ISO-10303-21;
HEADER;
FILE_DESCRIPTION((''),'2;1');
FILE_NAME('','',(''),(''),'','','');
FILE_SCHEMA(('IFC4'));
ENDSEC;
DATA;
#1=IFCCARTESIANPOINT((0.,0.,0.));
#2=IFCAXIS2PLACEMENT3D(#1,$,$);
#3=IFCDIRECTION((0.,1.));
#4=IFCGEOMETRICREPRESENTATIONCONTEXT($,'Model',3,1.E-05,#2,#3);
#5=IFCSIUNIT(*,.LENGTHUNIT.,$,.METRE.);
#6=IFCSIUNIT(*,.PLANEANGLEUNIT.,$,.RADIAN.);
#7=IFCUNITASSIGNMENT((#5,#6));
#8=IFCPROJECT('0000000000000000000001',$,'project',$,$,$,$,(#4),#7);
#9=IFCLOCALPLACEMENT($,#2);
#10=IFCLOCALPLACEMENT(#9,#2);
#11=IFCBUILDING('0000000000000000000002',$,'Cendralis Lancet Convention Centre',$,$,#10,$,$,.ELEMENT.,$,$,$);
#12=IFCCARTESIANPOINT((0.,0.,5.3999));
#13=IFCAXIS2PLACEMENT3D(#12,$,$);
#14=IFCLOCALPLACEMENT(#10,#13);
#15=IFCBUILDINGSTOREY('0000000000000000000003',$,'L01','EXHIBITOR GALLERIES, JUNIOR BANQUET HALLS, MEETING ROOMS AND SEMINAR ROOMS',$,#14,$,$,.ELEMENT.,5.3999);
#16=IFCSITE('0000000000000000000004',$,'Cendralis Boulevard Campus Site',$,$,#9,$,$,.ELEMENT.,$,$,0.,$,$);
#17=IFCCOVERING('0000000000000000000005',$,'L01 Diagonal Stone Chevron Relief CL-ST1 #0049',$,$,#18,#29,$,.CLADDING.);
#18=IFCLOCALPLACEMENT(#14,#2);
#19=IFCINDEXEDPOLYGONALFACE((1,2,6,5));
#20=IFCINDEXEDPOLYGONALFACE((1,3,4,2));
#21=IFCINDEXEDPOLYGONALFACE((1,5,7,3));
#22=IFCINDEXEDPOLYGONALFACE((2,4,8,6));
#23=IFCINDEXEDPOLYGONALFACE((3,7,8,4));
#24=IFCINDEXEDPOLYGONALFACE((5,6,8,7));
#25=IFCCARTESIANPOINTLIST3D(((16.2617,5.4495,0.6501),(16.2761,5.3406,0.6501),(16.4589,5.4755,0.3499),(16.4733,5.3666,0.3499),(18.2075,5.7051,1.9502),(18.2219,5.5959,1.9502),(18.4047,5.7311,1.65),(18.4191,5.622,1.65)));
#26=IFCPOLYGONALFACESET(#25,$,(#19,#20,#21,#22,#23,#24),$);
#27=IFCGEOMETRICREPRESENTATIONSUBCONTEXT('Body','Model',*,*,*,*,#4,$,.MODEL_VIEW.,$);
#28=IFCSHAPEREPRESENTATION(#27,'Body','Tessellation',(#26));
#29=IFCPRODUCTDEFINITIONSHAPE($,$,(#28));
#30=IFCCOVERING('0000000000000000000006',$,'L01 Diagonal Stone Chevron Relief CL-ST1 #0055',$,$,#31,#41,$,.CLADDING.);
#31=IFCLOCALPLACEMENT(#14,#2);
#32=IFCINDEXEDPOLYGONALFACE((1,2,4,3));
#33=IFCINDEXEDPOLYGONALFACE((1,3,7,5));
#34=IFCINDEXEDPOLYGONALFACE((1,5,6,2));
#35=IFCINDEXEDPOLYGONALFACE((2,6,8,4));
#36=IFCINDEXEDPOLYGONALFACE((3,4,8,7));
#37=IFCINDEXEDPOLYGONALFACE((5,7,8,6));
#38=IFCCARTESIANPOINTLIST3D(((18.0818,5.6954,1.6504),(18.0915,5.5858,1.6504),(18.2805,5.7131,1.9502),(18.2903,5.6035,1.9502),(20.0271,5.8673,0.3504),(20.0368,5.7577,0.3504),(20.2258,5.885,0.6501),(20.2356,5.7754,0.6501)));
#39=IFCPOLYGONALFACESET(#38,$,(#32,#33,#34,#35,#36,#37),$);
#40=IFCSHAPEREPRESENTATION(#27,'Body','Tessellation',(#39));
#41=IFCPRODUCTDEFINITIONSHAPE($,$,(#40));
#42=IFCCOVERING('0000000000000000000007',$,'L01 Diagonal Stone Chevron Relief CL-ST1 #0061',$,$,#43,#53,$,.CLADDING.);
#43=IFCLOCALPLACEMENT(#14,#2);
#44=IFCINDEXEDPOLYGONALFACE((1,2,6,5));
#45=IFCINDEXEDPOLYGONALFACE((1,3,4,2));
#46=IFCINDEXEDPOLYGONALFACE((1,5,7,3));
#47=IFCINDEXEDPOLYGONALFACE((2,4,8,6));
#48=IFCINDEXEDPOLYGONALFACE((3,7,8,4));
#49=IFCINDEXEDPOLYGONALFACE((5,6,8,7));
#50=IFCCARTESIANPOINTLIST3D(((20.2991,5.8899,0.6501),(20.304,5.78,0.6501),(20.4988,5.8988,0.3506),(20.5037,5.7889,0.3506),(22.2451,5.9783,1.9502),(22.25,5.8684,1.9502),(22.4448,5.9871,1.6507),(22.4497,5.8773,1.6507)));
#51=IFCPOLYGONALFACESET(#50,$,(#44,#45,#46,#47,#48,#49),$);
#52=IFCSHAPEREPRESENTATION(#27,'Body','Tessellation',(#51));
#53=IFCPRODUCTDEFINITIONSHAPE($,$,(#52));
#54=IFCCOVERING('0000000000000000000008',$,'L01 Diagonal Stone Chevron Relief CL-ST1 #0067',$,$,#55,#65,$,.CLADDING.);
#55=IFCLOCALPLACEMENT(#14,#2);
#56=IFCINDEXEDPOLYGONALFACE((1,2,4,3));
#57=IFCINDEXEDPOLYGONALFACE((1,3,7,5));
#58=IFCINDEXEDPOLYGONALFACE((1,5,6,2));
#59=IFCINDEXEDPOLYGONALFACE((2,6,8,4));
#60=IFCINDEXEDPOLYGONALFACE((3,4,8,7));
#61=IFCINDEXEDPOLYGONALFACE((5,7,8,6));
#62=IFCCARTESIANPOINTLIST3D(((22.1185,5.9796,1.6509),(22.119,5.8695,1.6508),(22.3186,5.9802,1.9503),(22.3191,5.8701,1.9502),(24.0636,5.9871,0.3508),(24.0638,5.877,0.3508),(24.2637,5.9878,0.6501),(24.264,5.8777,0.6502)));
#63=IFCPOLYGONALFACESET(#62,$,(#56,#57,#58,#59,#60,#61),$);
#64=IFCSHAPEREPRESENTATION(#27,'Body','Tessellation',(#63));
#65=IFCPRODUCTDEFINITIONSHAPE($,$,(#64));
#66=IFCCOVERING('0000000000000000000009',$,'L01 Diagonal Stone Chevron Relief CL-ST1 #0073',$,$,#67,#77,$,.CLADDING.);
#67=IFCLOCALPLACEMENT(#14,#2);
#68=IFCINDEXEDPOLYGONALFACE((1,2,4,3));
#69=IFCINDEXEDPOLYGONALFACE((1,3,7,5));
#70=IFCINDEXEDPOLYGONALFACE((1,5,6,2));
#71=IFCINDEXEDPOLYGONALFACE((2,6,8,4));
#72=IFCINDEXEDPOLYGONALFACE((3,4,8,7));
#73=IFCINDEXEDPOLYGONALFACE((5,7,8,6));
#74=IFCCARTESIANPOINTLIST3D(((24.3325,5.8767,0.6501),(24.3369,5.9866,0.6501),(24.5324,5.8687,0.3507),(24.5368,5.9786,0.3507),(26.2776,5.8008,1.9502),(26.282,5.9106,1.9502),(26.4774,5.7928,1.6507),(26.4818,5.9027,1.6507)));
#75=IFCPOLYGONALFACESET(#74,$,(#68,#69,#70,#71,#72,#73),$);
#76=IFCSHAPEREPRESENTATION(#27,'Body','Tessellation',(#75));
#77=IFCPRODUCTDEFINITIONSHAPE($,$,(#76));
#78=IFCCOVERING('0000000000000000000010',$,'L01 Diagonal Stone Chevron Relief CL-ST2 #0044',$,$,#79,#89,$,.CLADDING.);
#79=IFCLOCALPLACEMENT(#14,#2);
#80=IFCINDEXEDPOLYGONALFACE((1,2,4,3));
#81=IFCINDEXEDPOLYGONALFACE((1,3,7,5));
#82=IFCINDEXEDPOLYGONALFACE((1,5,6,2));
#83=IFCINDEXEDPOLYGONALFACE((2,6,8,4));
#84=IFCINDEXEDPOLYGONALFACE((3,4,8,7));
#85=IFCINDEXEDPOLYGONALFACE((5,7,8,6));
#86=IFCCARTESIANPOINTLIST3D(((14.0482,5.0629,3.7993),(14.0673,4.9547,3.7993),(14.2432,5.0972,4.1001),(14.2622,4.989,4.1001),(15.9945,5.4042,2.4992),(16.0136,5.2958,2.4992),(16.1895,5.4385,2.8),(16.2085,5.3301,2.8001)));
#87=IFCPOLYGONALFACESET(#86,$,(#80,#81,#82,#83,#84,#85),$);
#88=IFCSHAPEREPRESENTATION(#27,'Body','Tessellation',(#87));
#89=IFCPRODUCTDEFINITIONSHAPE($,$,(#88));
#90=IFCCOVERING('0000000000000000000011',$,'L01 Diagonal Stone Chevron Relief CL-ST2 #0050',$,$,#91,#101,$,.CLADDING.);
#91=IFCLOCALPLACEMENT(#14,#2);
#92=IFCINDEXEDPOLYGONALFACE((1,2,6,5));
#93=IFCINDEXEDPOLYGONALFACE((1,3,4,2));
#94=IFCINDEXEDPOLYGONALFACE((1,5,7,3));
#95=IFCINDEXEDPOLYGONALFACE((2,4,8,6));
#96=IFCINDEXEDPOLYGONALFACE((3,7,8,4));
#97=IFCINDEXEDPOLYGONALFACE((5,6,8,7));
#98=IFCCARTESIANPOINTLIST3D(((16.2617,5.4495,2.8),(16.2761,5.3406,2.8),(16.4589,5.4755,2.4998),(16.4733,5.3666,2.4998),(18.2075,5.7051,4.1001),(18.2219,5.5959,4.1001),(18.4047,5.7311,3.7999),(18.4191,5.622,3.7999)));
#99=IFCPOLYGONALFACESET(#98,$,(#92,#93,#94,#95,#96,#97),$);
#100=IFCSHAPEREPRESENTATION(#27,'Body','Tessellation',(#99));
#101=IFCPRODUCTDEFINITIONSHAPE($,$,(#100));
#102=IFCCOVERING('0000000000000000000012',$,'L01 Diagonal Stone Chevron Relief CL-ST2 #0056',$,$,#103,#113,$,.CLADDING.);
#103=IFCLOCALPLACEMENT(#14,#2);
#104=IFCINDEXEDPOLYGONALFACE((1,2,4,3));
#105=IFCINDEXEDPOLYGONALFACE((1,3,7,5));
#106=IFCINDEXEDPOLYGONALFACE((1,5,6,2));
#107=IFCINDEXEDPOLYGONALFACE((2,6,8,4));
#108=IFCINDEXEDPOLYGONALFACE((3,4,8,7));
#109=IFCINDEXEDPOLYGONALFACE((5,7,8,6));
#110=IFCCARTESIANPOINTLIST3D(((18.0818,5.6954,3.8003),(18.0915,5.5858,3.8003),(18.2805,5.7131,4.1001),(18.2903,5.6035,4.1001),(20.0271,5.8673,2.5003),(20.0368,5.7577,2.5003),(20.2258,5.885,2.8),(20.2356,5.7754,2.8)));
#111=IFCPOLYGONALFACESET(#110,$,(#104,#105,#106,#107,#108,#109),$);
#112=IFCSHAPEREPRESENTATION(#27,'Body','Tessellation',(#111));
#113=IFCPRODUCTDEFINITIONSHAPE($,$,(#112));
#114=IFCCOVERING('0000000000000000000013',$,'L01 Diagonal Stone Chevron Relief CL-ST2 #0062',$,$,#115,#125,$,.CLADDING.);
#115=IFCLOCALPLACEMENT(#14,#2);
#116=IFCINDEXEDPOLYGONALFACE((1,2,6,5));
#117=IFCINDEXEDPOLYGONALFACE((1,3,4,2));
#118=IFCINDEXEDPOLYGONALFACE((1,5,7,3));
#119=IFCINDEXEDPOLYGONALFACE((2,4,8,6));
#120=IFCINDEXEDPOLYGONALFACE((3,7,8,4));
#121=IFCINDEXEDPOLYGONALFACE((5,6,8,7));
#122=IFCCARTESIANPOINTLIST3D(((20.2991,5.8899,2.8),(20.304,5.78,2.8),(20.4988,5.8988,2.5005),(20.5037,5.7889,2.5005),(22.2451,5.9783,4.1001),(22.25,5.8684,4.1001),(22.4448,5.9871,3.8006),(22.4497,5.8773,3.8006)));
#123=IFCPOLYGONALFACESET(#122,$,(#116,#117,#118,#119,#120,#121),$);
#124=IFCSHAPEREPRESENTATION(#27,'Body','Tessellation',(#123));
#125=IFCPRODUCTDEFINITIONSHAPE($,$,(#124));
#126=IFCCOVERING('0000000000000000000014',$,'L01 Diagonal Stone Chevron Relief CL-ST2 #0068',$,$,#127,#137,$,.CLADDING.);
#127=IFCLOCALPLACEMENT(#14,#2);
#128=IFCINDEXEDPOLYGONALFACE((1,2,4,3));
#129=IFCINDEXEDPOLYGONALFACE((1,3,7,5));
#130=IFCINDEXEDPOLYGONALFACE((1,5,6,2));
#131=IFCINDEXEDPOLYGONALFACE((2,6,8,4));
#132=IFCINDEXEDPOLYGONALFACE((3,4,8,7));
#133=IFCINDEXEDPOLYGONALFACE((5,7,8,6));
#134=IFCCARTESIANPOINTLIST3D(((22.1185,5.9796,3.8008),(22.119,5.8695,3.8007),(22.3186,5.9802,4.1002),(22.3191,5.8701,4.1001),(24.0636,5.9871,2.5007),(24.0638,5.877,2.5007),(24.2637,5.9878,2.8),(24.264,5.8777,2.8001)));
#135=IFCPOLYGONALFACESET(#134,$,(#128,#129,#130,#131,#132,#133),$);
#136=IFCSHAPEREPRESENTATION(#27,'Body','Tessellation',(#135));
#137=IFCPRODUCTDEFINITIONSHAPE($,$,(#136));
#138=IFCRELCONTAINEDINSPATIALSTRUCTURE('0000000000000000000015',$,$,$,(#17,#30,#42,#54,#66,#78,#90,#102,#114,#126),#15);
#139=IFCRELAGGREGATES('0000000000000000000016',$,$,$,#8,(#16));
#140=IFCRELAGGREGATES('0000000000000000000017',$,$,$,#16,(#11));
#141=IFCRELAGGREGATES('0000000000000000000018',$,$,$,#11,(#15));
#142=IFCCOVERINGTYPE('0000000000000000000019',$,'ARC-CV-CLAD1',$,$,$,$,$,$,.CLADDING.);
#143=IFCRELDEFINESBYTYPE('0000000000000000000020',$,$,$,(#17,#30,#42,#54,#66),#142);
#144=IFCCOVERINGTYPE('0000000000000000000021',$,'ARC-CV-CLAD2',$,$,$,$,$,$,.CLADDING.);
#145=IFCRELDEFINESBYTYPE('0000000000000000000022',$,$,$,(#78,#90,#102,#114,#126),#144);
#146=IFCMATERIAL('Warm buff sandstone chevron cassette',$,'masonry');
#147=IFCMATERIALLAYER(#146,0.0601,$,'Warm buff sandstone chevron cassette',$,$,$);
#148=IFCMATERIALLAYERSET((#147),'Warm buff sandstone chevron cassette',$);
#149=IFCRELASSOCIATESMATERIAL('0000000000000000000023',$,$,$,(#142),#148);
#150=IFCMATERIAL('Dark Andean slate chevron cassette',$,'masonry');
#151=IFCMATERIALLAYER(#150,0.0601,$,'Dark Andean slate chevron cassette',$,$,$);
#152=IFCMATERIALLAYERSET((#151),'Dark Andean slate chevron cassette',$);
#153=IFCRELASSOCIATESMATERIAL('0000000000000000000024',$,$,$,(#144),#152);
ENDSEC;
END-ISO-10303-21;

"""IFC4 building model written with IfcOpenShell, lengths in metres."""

from ifc_helpers import new_model, si_unit, direction, frame, origin, place, context, subcontext, project, spatial, polyline, outline, extrude, material, layer, layer_set, type_object, element, save


model = new_model("IFC4")

# Units and contexts
model_context = context("Model", 3, precision=1e-05, world=origin(), true_north=direction((0.0, 1.0)))
body_context = subcontext(model_context, "Body", "Model", "MODEL_VIEW")
ifc_project = project(units=[si_unit("LENGTHUNIT", "METRE"), si_unit("PLANEANGLEUNIT", "RADIAN")], contexts=[model_context])

# Site, building, storey
site_placement = place(None, origin())
site = spatial("IfcSite", under=ifc_project, at=site_placement, Name="Cendralis Boulevard Campus Site", CompositionType="ELEMENT", RefElevation=0.0)
building_placement = place(site_placement, origin())
building = spatial("IfcBuilding", under=site, at=building_placement, Name="Cendralis Lancet Convention Centre", CompositionType="ELEMENT")
storey_placement = place(building_placement, frame((0.0, 0.0, 5.3999)))
storey = spatial("IfcBuildingStorey", under=building, at=storey_placement, Name="L01", Description="EXHIBITOR GALLERIES, JUNIOR BANQUET HALLS, MEETING ROOMS AND SEMINAR ROOMS", CompositionType="ELEMENT", Elevation=5.3999)

# Shared definitions
ifc_material_1 = material(Name="Warm buff sandstone chevron cassette", Category="masonry")
ifc_material_2 = material(Name="Dark Andean slate chevron cassette", Category="masonry")

# Coverings
ifc_layer_1 = layer(ifc_material_1, 0.0601, Name="Warm buff sandstone chevron cassette")
ifc_layer_set_1 = layer_set([ifc_layer_1], Name="Warm buff sandstone chevron cassette")
covering_type_1 = type_object("IfcCoveringType", Name="ARC-CV-CLAD1", PredefinedType="CLADDING", material=ifc_layer_set_1)
covering_1_placement = place(storey_placement, frame((16.2761, 5.3406, 0.6501), z_axis=(-0.547502, -0.072346, 0.833671), x_axis=(0.826583, 0.108483, 0.552261)))
element("IfcCovering", 1, at=covering_1_placement, inside=storey, type_object=covering_type_1, Name="L01 Diagonal Stone Chevron Relief CL-ST1 #0049", PredefinedType="CLADDING", context=body_context, shape_type="SweptSolid", body=[
    extrude(outline(polyline([(0.0, 0.0), (2.354, 0.0), (2.354, 0.1101), (-0.0001, 0.1098), (0.0, 0.0)])), origin(), (0.0, 0.0, -1.0), 0.3601),
])
covering_2_placement = place(storey_placement, frame((18.2903, 5.6035, 1.9502), z_axis=(0.55196, 0.049172, 0.83242), x_axis=(0.829189, 0.073262, -0.554146)))
element("IfcCovering", 2, at=covering_2_placement, inside=storey, type_object=covering_type_1, Name="L01 Diagonal Stone Chevron Relief CL-ST1 #0055", PredefinedType="CLADDING", context=body_context, shape_type="SweptSolid", body=[
    extrude(outline(polyline([(0.0, 0.0), (2.346, 0.0), (2.346, 0.1101), (-0.0001, 0.1101), (0.0, 0.0)])), origin(), (0.0, 0.0, -1.0), 0.3601),
])
covering_3_placement = place(storey_placement, frame((20.304, 5.78, 0.6501), z_axis=(-0.554551, -0.024647, 0.831784), x_axis=(0.830928, 0.037736, 0.555099)))
element("IfcCovering", 3, at=covering_3_placement, inside=storey, type_object=covering_type_1, Name="L01 Diagonal Stone Chevron Relief CL-ST1 #0061", PredefinedType="CLADDING", context=body_context, shape_type="SweptSolid", body=[
    extrude(outline(polyline([(0.0, 0.0), (2.342, 0.0), (2.3421, 0.11), (0.0001, 0.11), (0.0, 0.0)])), origin(), (0.0, 0.0, -1.0), 0.3601),
])
covering_4_placement = place(storey_placement, frame((22.3191, 5.8701, 1.9502), z_axis=(0.555705, 0.001848, 0.831377), x_axis=(0.831371, 0.003235, -0.555708)))
element("IfcCovering", 4, at=covering_4_placement, inside=storey, type_object=covering_type_1, Name="L01 Diagonal Stone Chevron Relief CL-ST1 #0067", PredefinedType="CLADDING", context=body_context, shape_type="SweptSolid", body=[
    extrude(outline(polyline([(0.0, 0.0), (2.3393, 0.0), (2.3395, 0.1101), (0.0, 0.1101), (0.0, 0.0)])), origin(), (0.0, 0.0, -1.0), 0.3601),
])
covering_5_placement = place(storey_placement, frame((24.3325, 5.8767, 0.6501), z_axis=(-0.554951, 0.022198, 0.831587), x_axis=(0.830954, -0.032437, 0.555395)))
element("IfcCovering", 5, at=covering_5_placement, inside=storey, type_object=covering_type_1, Name="L01 Diagonal Stone Chevron Relief CL-ST1 #0073", PredefinedType="CLADDING", context=body_context, shape_type="SweptSolid", body=[
    extrude(outline(polyline([(0.0, 0.0), (2.3408, 0.0), (2.3409, 0.11), (0.0001, 0.11), (0.0, 0.0)])), origin(), (0.0, 0.0, -1.0), 0.3601),
])
ifc_layer_2 = layer(ifc_material_2, 0.0601, Name="Dark Andean slate chevron cassette")
ifc_layer_set_2 = layer_set([ifc_layer_2], Name="Dark Andean slate chevron cassette")
covering_type_2 = type_object("IfcCoveringType", Name="ARC-CV-CLAD2", PredefinedType="CLADDING", material=ifc_layer_set_2)
covering_6_placement = place(storey_placement, frame((14.2622, 4.989, 4.1001), z_axis=(0.541329, 0.095206, 0.835403), x_axis=(0.822865, 0.144197, -0.549637)))
element("IfcCovering", 6, at=covering_6_placement, inside=storey, type_object=covering_type_2, Name="L01 Diagonal Stone Chevron Relief CL-ST2 #0044", PredefinedType="CLADDING", context=body_context, shape_type="SweptSolid", body=[
    extrude(outline(polyline([(0.0, 0.0), (2.3653, 0.0), (2.3652, 0.1101), (-0.0001, 0.1098), (0.0, 0.0)])), origin(), (0.0, 0.0, -1.0), 0.3601),
])
covering_7_placement = place(storey_placement, frame((16.2761, 5.3406, 2.8), z_axis=(-0.547502, -0.072346, 0.833671), x_axis=(0.826583, 0.108483, 0.552261)))
element("IfcCovering", 7, at=covering_7_placement, inside=storey, type_object=covering_type_2, Name="L01 Diagonal Stone Chevron Relief CL-ST2 #0050", PredefinedType="CLADDING", context=body_context, shape_type="SweptSolid", body=[
    extrude(outline(polyline([(0.0, 0.0), (2.354, 0.0), (2.354, 0.1101), (-0.0001, 0.1098), (0.0, 0.0)])), origin(), (0.0, 0.0, -1.0), 0.3601),
])
covering_8_placement = place(storey_placement, frame((18.2903, 5.6035, 4.1001), z_axis=(0.55196, 0.049172, 0.83242), x_axis=(0.829189, 0.073262, -0.554146)))
element("IfcCovering", 8, at=covering_8_placement, inside=storey, type_object=covering_type_2, Name="L01 Diagonal Stone Chevron Relief CL-ST2 #0056", PredefinedType="CLADDING", context=body_context, shape_type="SweptSolid", body=[
    extrude(outline(polyline([(0.0, 0.0), (2.346, 0.0), (2.346, 0.1101), (-0.0001, 0.1101), (0.0, 0.0)])), origin(), (0.0, 0.0, -1.0), 0.3601),
])
covering_9_placement = place(storey_placement, frame((20.304, 5.78, 2.8), z_axis=(-0.554551, -0.024647, 0.831784), x_axis=(0.830928, 0.037736, 0.555099)))
element("IfcCovering", 9, at=covering_9_placement, inside=storey, type_object=covering_type_2, Name="L01 Diagonal Stone Chevron Relief CL-ST2 #0062", PredefinedType="CLADDING", context=body_context, shape_type="SweptSolid", body=[
    extrude(outline(polyline([(0.0, 0.0), (2.342, 0.0), (2.3421, 0.11), (0.0001, 0.11), (0.0, 0.0)])), origin(), (0.0, 0.0, -1.0), 0.3601),
])
covering_10_placement = place(storey_placement, frame((22.3191, 5.8701, 4.1001), z_axis=(0.555705, 0.001848, 0.831377), x_axis=(0.831371, 0.003235, -0.555708)))
element("IfcCovering", 10, at=covering_10_placement, inside=storey, type_object=covering_type_2, Name="L01 Diagonal Stone Chevron Relief CL-ST2 #0068", PredefinedType="CLADDING", context=body_context, shape_type="SweptSolid", body=[
    extrude(outline(polyline([(0.0, 0.0), (2.3393, 0.0), (2.3395, 0.1101), (0.0, 0.1101), (0.0, 0.0)])), origin(), (0.0, 0.0, -1.0), 0.3601),
])

save(model, "model.ifc")
